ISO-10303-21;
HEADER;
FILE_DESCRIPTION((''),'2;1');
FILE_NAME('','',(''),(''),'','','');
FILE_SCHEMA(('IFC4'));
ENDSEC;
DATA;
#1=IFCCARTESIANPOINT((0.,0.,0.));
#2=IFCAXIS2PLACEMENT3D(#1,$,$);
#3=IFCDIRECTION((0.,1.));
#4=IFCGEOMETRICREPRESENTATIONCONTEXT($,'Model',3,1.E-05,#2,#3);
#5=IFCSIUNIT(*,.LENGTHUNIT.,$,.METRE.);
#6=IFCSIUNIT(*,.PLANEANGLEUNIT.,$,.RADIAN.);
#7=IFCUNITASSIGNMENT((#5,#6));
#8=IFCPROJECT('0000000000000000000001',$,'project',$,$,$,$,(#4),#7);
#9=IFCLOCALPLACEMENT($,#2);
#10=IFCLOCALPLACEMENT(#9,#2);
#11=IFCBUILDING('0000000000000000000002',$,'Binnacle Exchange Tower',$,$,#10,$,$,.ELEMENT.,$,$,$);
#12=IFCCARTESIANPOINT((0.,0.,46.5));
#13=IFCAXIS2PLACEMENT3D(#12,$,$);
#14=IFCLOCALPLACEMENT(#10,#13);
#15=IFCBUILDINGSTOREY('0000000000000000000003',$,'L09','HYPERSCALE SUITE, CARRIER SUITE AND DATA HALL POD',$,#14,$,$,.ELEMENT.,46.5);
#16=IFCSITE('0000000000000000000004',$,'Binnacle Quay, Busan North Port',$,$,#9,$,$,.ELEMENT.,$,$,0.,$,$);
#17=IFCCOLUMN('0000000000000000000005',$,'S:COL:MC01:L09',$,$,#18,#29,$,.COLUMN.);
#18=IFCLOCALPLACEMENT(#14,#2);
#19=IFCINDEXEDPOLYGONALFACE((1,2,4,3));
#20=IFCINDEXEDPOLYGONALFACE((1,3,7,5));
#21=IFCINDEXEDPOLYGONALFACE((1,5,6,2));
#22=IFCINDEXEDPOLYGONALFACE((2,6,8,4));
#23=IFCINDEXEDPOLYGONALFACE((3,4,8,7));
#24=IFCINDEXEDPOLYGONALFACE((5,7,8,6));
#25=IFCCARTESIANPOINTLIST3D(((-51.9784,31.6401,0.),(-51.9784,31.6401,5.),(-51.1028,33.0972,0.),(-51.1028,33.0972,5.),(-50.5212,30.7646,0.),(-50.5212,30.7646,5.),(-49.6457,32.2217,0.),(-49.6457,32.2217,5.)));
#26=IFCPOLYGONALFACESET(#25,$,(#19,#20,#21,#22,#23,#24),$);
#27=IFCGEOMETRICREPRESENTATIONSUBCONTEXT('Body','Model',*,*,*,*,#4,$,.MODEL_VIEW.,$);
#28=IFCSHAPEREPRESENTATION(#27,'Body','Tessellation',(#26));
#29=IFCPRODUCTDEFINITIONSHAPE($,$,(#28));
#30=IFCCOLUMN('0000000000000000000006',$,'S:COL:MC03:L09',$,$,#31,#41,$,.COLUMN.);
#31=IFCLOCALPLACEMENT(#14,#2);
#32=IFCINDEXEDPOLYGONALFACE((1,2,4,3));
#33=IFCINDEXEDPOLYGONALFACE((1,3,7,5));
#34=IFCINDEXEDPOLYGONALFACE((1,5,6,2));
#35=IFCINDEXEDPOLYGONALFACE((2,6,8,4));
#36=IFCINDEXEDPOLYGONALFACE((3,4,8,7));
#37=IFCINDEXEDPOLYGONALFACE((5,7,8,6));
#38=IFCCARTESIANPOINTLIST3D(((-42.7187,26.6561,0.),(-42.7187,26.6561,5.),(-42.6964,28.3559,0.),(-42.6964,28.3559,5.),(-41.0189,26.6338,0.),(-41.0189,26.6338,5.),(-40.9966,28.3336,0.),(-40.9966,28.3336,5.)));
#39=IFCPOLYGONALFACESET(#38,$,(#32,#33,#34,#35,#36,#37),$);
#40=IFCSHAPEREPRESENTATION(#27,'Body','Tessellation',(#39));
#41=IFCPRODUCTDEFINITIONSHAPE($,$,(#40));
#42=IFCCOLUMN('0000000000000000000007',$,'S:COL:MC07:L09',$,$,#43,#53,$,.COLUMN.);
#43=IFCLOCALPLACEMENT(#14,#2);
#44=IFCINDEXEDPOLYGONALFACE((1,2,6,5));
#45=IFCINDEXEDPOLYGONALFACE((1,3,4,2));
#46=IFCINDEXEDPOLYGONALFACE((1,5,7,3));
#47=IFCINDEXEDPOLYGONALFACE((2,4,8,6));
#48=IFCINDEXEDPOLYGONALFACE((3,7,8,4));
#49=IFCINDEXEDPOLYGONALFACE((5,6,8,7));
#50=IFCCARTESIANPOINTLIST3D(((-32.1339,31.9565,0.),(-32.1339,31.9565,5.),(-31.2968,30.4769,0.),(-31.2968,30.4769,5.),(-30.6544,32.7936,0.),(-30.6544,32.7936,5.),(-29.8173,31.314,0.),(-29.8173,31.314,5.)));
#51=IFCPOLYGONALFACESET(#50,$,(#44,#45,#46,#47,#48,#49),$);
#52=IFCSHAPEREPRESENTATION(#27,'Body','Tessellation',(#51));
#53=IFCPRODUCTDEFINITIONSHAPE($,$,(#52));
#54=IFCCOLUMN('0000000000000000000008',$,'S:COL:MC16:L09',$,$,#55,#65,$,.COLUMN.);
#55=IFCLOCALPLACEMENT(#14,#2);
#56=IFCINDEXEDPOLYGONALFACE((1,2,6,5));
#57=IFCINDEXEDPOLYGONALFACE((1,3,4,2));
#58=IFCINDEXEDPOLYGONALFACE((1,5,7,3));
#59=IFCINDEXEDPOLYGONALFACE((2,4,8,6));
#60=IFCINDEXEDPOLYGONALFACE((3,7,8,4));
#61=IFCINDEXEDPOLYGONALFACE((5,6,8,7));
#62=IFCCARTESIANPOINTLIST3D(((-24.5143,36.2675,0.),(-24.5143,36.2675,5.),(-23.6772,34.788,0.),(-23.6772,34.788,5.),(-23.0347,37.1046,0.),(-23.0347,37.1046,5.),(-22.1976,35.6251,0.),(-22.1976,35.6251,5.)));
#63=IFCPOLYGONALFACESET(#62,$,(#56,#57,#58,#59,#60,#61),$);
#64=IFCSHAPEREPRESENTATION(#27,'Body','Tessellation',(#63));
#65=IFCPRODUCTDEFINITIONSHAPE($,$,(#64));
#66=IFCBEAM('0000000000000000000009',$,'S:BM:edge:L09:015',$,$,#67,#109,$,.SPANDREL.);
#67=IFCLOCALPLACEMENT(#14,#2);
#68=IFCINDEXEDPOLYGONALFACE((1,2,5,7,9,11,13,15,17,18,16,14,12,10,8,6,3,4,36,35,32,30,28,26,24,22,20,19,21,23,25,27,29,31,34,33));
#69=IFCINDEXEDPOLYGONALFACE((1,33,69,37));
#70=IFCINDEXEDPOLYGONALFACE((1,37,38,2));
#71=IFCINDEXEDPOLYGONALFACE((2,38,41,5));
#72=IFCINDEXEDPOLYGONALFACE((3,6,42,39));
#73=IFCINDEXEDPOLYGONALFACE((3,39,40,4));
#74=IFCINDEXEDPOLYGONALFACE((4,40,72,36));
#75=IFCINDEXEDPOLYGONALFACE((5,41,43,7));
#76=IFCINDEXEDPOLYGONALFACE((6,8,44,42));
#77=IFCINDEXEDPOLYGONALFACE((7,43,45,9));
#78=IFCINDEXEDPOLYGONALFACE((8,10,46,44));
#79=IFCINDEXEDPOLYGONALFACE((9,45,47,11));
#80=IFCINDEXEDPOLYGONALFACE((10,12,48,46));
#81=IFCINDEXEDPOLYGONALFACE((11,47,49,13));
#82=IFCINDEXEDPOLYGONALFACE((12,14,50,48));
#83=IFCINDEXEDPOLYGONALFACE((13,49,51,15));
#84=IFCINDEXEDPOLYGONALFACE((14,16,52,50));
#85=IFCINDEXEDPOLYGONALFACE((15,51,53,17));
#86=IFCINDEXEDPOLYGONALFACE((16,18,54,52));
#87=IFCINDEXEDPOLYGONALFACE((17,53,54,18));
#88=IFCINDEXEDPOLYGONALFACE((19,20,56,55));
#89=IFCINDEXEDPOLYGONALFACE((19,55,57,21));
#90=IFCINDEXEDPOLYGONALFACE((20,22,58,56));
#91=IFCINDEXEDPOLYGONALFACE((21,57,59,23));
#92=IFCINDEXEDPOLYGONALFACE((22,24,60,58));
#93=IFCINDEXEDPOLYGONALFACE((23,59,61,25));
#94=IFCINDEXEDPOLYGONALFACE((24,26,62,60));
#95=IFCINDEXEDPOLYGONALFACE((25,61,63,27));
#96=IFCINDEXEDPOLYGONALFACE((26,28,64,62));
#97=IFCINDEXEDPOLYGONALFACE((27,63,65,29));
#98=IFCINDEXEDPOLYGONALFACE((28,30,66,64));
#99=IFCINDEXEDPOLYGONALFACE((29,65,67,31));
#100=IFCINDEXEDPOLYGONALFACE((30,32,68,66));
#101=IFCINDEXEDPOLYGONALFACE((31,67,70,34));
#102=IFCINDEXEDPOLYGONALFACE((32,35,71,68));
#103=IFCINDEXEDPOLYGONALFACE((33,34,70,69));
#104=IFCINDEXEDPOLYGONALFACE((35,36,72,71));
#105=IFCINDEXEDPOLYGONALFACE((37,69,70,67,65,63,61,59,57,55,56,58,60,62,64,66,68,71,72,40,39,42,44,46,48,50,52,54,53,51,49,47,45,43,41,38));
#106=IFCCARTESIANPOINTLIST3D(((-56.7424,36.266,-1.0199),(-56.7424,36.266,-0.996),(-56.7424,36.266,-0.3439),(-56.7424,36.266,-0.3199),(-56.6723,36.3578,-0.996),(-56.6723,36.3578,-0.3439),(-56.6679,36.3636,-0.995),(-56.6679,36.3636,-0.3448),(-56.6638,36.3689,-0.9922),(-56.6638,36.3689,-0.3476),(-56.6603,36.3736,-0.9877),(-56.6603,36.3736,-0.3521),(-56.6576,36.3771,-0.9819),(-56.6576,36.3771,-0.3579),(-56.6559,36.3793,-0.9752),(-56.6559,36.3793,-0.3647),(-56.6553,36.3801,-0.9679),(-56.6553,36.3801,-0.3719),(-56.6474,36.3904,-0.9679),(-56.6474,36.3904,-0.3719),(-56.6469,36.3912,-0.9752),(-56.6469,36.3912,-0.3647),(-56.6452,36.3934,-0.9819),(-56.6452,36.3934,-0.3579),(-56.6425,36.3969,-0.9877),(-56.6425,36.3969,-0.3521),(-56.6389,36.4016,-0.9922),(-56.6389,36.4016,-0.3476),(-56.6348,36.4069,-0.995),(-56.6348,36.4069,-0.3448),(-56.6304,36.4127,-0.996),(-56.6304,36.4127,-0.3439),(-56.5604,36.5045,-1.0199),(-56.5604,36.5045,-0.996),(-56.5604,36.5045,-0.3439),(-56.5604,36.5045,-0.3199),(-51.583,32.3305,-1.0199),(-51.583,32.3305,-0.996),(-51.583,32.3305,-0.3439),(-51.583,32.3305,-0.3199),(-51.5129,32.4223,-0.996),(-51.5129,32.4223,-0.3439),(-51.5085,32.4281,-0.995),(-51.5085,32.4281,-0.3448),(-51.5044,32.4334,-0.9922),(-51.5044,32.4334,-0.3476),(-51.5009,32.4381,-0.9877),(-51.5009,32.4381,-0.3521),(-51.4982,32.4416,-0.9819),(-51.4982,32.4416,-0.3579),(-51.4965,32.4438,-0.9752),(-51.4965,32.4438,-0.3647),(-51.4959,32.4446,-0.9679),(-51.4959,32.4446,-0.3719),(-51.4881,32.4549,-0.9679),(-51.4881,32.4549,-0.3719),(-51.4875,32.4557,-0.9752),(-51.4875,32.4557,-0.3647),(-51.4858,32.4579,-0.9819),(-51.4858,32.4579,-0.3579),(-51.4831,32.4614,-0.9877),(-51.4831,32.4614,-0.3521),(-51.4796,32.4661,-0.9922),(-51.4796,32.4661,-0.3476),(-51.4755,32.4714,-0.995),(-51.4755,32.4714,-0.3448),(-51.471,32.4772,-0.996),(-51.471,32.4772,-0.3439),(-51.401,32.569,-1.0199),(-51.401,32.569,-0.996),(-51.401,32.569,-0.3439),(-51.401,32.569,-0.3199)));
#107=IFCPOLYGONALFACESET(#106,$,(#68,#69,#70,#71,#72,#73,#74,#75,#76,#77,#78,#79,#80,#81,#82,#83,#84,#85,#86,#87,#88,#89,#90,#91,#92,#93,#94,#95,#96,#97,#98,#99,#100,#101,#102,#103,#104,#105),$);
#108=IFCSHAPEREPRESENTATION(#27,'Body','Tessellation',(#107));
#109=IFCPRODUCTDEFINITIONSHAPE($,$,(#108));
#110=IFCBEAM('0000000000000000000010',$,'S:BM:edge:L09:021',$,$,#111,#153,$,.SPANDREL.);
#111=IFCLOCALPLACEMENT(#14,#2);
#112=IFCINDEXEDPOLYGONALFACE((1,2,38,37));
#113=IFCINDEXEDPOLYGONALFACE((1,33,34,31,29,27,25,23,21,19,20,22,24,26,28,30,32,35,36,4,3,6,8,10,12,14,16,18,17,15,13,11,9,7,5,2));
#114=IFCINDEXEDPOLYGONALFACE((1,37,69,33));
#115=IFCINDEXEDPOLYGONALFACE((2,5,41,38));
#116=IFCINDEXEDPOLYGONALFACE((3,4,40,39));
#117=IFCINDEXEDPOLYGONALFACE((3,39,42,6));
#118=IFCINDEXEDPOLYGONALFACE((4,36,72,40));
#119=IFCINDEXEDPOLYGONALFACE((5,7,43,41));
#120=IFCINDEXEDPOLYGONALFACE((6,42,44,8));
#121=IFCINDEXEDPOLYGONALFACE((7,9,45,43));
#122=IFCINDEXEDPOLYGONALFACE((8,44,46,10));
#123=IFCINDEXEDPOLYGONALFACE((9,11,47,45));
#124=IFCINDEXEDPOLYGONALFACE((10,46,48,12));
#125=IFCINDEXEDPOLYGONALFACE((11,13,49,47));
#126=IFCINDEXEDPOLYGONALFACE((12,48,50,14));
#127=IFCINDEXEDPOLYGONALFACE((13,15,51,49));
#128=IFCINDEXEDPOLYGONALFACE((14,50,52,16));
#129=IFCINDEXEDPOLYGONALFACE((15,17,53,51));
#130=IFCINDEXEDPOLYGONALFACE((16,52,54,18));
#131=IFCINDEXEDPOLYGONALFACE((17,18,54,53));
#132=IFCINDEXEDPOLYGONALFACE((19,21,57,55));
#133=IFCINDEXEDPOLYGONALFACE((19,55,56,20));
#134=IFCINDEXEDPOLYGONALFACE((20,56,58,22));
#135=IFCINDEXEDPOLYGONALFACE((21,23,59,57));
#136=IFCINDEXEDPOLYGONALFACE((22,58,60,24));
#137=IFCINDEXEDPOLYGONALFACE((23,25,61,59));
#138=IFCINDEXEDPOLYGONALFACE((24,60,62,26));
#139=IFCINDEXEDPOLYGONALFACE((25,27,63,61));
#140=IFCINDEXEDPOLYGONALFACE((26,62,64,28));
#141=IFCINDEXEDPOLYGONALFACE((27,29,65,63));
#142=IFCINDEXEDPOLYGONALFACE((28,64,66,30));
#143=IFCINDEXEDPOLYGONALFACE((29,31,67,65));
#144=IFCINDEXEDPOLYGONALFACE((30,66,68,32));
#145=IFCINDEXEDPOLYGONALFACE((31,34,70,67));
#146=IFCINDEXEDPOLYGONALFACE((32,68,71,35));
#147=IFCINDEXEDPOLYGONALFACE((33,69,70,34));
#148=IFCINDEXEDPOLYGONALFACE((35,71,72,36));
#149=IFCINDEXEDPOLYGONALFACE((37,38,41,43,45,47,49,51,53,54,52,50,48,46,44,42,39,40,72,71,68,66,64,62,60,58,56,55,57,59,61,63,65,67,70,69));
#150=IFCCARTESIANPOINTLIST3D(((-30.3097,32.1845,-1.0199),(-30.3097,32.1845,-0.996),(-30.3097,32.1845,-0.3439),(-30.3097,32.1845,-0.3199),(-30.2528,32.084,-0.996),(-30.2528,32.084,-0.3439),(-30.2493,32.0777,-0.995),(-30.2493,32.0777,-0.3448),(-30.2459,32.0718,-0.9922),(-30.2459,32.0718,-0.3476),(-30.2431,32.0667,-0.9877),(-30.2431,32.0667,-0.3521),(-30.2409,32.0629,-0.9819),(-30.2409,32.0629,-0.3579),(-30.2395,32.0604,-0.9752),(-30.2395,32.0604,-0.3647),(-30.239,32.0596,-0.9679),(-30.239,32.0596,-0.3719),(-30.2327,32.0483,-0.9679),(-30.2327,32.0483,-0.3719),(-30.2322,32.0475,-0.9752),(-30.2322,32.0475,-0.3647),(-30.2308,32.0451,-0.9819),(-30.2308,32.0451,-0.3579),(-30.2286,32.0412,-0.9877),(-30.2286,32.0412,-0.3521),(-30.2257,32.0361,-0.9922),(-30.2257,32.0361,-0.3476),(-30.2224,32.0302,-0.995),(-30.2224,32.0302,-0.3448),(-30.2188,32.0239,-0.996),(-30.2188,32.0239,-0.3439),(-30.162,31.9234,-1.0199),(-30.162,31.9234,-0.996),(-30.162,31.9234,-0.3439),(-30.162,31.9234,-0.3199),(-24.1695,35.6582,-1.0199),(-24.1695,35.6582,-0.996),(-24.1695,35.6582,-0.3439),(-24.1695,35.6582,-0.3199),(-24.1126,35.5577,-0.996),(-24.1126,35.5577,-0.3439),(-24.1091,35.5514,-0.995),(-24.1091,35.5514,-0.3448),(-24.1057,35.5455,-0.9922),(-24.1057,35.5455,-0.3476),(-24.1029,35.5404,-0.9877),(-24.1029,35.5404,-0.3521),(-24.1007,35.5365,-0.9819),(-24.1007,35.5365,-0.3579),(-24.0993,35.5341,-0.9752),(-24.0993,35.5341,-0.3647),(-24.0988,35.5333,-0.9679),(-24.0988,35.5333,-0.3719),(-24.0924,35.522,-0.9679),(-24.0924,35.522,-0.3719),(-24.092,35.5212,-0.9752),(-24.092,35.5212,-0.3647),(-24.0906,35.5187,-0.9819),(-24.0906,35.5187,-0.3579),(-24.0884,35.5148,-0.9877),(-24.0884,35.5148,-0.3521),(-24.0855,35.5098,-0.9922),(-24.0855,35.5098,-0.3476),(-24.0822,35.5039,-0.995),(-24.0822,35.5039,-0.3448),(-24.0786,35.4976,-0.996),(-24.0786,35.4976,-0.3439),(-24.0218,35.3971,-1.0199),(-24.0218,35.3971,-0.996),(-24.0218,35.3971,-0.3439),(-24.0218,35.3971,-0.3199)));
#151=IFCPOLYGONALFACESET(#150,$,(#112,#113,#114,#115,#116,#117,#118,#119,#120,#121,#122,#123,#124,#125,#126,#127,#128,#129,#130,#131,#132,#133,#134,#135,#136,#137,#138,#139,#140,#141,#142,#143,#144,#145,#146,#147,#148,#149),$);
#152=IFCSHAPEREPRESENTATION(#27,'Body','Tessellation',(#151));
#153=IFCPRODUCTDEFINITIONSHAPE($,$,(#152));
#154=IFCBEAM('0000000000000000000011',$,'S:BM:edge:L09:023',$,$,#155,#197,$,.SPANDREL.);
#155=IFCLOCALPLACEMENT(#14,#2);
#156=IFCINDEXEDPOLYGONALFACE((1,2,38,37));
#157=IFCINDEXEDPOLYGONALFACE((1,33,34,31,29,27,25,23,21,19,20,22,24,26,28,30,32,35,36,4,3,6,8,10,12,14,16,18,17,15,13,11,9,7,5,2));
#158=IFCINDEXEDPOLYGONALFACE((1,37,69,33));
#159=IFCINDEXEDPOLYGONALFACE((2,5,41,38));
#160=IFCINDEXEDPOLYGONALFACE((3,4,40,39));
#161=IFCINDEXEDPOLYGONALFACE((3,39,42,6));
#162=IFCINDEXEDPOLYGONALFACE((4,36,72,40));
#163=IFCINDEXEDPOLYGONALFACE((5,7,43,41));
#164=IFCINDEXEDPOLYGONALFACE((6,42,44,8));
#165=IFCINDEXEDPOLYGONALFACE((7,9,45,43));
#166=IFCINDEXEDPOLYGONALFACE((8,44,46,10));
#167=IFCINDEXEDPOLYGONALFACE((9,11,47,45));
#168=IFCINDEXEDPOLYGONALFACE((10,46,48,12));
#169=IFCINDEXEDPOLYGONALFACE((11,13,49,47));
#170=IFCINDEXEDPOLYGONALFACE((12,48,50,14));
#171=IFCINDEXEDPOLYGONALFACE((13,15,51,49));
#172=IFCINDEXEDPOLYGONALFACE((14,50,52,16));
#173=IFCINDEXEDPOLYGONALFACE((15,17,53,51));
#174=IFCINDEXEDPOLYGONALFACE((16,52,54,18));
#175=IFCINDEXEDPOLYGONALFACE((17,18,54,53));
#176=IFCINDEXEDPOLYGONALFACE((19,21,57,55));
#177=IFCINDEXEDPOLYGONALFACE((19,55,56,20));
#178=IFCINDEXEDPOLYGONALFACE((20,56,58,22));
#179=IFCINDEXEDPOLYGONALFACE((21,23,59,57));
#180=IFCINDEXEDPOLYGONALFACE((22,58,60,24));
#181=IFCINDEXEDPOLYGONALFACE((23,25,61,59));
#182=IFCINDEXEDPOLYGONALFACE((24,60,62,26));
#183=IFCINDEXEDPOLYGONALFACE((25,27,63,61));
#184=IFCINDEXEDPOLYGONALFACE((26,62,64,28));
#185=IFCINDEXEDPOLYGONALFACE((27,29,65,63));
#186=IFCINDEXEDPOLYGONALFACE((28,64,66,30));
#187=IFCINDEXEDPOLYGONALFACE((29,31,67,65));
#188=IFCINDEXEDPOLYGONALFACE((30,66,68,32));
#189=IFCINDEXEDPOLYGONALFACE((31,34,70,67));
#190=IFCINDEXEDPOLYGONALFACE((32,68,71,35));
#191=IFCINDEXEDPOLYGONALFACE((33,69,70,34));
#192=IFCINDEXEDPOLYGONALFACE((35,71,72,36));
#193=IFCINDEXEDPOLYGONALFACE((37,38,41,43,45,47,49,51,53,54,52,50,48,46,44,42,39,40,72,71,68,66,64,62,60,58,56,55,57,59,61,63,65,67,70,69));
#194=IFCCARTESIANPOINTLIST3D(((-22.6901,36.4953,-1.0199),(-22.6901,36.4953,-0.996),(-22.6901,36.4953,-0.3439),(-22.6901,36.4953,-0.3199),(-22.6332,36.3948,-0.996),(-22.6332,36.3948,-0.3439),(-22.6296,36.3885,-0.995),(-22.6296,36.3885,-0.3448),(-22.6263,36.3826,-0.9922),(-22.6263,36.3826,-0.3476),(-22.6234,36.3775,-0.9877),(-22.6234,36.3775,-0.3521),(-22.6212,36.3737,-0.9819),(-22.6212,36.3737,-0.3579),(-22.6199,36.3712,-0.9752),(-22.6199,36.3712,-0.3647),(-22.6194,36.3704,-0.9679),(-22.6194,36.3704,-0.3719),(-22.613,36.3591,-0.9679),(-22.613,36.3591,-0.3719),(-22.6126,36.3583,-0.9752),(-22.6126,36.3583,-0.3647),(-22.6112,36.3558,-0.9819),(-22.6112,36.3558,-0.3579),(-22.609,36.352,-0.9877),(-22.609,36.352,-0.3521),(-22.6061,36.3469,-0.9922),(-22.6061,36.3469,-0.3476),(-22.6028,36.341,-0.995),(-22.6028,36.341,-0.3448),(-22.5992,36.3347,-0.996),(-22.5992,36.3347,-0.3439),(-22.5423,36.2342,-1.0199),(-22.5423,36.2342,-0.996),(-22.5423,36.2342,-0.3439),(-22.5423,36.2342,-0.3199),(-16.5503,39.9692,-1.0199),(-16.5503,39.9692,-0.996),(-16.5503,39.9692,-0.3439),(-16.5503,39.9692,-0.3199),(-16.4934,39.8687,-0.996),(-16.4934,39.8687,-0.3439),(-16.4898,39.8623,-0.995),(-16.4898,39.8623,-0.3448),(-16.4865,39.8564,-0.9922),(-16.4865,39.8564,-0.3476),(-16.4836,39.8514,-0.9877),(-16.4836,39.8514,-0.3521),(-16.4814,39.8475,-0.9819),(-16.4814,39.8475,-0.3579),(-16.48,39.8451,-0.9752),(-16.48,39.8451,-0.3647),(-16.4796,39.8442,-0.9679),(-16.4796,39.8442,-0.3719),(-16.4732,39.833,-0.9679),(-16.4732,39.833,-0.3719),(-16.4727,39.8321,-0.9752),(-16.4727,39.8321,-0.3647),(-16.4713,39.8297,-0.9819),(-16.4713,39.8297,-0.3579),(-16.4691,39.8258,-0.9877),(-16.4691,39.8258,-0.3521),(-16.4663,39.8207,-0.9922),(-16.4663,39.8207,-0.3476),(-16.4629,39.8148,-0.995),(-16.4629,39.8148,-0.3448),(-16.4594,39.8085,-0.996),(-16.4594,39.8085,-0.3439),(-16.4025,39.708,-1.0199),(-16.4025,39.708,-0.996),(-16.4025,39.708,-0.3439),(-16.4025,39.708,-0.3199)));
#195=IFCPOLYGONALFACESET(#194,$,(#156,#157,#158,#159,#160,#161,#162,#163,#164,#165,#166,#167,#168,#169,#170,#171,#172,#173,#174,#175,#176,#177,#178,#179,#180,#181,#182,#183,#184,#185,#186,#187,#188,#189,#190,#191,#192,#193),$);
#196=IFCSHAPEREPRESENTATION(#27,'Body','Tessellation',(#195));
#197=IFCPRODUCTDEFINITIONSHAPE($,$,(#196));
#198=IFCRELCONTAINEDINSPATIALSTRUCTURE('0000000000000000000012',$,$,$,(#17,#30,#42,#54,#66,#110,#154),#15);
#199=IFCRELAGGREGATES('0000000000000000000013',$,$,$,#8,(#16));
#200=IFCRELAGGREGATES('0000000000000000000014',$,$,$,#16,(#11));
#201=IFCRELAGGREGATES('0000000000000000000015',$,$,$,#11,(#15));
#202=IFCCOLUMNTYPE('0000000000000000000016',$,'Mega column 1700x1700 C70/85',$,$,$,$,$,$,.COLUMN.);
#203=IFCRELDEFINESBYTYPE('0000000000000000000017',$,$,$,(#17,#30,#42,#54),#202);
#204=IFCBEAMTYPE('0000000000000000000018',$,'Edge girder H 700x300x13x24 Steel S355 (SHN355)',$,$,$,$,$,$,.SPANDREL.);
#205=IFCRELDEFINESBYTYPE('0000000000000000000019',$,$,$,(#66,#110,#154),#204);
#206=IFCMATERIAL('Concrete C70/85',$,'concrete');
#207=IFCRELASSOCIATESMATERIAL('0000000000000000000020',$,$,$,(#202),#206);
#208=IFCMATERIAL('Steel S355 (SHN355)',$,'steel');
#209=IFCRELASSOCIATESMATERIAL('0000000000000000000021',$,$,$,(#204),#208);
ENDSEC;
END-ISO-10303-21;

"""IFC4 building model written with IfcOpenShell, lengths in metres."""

from ifc_helpers import new_model, si_unit, direction, frame, origin, origin_2d, place, context, subcontext, project, spatial, rectangle, i_section, extrude, material, material_profile, profile_set, type_object, element, save


model = new_model("IFC4")

# Units and contexts
model_context = context("Model", 3, precision=1e-05, world=origin(), true_north=direction((0.0, 1.0)))
body_context = subcontext(model_context, "Body", "Model", "MODEL_VIEW")
ifc_project = project(units=[si_unit("LENGTHUNIT", "METRE"), si_unit("PLANEANGLEUNIT", "RADIAN")], contexts=[model_context])

# Site, building, storey
site_placement = place(None, origin())
site = spatial("IfcSite", under=ifc_project, at=site_placement, Name="Binnacle Quay, Busan North Port", CompositionType="ELEMENT", RefElevation=0.0)
building_placement = place(site_placement, origin())
building = spatial("IfcBuilding", under=site, at=building_placement, Name="Binnacle Exchange Tower", CompositionType="ELEMENT")
storey_placement = place(building_placement, frame((0.0, 0.0, 46.5)))
storey = spatial("IfcBuildingStorey", under=building, at=storey_placement, Name="L09", Description="HYPERSCALE SUITE, CARRIER SUITE AND DATA HALL POD", CompositionType="ELEMENT", Elevation=46.5)

# Columns
ifc_material_1 = material(Name="Concrete C70/85", Category="concrete")
ifc_material_profile_1 = material_profile(ifc_material_1, rectangle(XDim=1.7, YDim=1.7, at=origin_2d()), Name="Mega column 1700x1700 C70/85")
ifc_profile_set_1 = profile_set([ifc_material_profile_1], Name="Concrete C70/85")
column_type = type_object("IfcColumnType", Name="Mega column 1700x1700 C70/85", PredefinedType="COLUMN", material=ifc_profile_set_1)
for number, where, z_axis, x_axis, name in (
    (1, (-50.812, 31.9309, 0.0), (0.0, 0.0, 1.0), (0.857167, -0.515038, 0.0), "S:COL:MC01:L09"),
    (2, (-41.8577, 27.4949, 0.0), (0.0, 0.0, 1.0), (0.999914, -0.01309, 0.0), "S:COL:MC03:L09"),
    (3, (-30.9756, 31.6353, 0.0), (0.0, 0.0, 1.0), (0.870356, 0.492424, 0.0), "S:COL:MC07:L09"),
    (4, (-23.356, 35.9463, 0.0), (0.0, 0.0, 1.0), (0.870356, 0.492424, 0.0), "S:COL:MC16:L09"),
):
    element("IfcColumn", number, at=place(storey_placement, frame(where, z_axis=z_axis, x_axis=x_axis)), inside=storey, type_object=column_type, Name=name, PredefinedType="COLUMN", context=body_context, shape_type="SweptSolid", body=[
        extrude(rectangle(XDim=1.7, YDim=1.7, at=origin_2d()), origin(), (0.0, 0.0, 1.0), 5.0),
    ])

# Beams
ifc_material_2 = material(Name="Steel S355 (SHN355)", Category="steel")
ifc_material_profile_2 = material_profile(ifc_material_2, i_section(OverallWidth=0.3, OverallDepth=0.7, WebThickness=0.0129, FlangeThickness=0.0239, FilletRadius=0.0281, at=origin_2d()), Name="H 700x300x13x24")
ifc_profile_set_2 = profile_set([ifc_material_profile_2], Name="Steel S355 (SHN355)")
beam_type_1 = type_object("IfcBeamType", Name="Edge girder H 700x300x13x24 Steel S355 (SHN355)", PredefinedType="SPANDREL", material=ifc_profile_set_2)
beam_1_placement = place(storey_placement, frame((-56.6514, 36.3853, -0.6699), z_axis=(0.795093, -0.606487, 0.0), x_axis=(0.606487, 0.795093, 0.0)))
element("IfcBeam", 5, at=beam_1_placement, inside=storey, type_object=beam_type_1, Name="S:BM:edge:L09:015", PredefinedType="SPANDREL", context=body_context, shape_type="SweptSolid", body=[
    extrude(i_section(OverallWidth=0.3, OverallDepth=0.7, WebThickness=0.0129, FlangeThickness=0.0239, FilletRadius=0.0281, at=origin_2d()), origin(), (0.0, 0.0, 1.0), 6.489),
])
beam_2_placement = place(storey_placement, frame((-30.2358, 32.054, -0.6699), z_axis=(0.870373, 0.492392, 0.0), x_axis=(-0.492392, 0.870373, 0.0)))
element("IfcBeam", 6, at=beam_2_placement, inside=storey, type_object=beam_type_1, Name="S:BM:edge:L09:021", PredefinedType="SPANDREL", context=body_context, shape_type="SweptSolid", body=[
    extrude(i_section(OverallWidth=0.3, OverallDepth=0.7, WebThickness=0.0129, FlangeThickness=0.0239, FilletRadius=0.0281, at=origin_2d()), origin(), (0.0, 0.0, 1.0), 7.0547),
])
beam_3_placement = place(storey_placement, frame((-22.6162, 36.3647, -0.6699), z_axis=(0.87035, 0.492434, 0.0), x_axis=(-0.492434, 0.87035, 0.0)))
element("IfcBeam", 7, at=beam_3_placement, inside=storey, type_object=beam_type_1, Name="S:BM:edge:L09:023", PredefinedType="SPANDREL", context=body_context, shape_type="SweptSolid", body=[
    extrude(i_section(OverallWidth=0.3, OverallDepth=0.7, WebThickness=0.0129, FlangeThickness=0.0239, FilletRadius=0.0281, at=origin_2d()), origin(), (0.0, 0.0, 1.0), 7.0544),
])

save(model, "model.ifc")
